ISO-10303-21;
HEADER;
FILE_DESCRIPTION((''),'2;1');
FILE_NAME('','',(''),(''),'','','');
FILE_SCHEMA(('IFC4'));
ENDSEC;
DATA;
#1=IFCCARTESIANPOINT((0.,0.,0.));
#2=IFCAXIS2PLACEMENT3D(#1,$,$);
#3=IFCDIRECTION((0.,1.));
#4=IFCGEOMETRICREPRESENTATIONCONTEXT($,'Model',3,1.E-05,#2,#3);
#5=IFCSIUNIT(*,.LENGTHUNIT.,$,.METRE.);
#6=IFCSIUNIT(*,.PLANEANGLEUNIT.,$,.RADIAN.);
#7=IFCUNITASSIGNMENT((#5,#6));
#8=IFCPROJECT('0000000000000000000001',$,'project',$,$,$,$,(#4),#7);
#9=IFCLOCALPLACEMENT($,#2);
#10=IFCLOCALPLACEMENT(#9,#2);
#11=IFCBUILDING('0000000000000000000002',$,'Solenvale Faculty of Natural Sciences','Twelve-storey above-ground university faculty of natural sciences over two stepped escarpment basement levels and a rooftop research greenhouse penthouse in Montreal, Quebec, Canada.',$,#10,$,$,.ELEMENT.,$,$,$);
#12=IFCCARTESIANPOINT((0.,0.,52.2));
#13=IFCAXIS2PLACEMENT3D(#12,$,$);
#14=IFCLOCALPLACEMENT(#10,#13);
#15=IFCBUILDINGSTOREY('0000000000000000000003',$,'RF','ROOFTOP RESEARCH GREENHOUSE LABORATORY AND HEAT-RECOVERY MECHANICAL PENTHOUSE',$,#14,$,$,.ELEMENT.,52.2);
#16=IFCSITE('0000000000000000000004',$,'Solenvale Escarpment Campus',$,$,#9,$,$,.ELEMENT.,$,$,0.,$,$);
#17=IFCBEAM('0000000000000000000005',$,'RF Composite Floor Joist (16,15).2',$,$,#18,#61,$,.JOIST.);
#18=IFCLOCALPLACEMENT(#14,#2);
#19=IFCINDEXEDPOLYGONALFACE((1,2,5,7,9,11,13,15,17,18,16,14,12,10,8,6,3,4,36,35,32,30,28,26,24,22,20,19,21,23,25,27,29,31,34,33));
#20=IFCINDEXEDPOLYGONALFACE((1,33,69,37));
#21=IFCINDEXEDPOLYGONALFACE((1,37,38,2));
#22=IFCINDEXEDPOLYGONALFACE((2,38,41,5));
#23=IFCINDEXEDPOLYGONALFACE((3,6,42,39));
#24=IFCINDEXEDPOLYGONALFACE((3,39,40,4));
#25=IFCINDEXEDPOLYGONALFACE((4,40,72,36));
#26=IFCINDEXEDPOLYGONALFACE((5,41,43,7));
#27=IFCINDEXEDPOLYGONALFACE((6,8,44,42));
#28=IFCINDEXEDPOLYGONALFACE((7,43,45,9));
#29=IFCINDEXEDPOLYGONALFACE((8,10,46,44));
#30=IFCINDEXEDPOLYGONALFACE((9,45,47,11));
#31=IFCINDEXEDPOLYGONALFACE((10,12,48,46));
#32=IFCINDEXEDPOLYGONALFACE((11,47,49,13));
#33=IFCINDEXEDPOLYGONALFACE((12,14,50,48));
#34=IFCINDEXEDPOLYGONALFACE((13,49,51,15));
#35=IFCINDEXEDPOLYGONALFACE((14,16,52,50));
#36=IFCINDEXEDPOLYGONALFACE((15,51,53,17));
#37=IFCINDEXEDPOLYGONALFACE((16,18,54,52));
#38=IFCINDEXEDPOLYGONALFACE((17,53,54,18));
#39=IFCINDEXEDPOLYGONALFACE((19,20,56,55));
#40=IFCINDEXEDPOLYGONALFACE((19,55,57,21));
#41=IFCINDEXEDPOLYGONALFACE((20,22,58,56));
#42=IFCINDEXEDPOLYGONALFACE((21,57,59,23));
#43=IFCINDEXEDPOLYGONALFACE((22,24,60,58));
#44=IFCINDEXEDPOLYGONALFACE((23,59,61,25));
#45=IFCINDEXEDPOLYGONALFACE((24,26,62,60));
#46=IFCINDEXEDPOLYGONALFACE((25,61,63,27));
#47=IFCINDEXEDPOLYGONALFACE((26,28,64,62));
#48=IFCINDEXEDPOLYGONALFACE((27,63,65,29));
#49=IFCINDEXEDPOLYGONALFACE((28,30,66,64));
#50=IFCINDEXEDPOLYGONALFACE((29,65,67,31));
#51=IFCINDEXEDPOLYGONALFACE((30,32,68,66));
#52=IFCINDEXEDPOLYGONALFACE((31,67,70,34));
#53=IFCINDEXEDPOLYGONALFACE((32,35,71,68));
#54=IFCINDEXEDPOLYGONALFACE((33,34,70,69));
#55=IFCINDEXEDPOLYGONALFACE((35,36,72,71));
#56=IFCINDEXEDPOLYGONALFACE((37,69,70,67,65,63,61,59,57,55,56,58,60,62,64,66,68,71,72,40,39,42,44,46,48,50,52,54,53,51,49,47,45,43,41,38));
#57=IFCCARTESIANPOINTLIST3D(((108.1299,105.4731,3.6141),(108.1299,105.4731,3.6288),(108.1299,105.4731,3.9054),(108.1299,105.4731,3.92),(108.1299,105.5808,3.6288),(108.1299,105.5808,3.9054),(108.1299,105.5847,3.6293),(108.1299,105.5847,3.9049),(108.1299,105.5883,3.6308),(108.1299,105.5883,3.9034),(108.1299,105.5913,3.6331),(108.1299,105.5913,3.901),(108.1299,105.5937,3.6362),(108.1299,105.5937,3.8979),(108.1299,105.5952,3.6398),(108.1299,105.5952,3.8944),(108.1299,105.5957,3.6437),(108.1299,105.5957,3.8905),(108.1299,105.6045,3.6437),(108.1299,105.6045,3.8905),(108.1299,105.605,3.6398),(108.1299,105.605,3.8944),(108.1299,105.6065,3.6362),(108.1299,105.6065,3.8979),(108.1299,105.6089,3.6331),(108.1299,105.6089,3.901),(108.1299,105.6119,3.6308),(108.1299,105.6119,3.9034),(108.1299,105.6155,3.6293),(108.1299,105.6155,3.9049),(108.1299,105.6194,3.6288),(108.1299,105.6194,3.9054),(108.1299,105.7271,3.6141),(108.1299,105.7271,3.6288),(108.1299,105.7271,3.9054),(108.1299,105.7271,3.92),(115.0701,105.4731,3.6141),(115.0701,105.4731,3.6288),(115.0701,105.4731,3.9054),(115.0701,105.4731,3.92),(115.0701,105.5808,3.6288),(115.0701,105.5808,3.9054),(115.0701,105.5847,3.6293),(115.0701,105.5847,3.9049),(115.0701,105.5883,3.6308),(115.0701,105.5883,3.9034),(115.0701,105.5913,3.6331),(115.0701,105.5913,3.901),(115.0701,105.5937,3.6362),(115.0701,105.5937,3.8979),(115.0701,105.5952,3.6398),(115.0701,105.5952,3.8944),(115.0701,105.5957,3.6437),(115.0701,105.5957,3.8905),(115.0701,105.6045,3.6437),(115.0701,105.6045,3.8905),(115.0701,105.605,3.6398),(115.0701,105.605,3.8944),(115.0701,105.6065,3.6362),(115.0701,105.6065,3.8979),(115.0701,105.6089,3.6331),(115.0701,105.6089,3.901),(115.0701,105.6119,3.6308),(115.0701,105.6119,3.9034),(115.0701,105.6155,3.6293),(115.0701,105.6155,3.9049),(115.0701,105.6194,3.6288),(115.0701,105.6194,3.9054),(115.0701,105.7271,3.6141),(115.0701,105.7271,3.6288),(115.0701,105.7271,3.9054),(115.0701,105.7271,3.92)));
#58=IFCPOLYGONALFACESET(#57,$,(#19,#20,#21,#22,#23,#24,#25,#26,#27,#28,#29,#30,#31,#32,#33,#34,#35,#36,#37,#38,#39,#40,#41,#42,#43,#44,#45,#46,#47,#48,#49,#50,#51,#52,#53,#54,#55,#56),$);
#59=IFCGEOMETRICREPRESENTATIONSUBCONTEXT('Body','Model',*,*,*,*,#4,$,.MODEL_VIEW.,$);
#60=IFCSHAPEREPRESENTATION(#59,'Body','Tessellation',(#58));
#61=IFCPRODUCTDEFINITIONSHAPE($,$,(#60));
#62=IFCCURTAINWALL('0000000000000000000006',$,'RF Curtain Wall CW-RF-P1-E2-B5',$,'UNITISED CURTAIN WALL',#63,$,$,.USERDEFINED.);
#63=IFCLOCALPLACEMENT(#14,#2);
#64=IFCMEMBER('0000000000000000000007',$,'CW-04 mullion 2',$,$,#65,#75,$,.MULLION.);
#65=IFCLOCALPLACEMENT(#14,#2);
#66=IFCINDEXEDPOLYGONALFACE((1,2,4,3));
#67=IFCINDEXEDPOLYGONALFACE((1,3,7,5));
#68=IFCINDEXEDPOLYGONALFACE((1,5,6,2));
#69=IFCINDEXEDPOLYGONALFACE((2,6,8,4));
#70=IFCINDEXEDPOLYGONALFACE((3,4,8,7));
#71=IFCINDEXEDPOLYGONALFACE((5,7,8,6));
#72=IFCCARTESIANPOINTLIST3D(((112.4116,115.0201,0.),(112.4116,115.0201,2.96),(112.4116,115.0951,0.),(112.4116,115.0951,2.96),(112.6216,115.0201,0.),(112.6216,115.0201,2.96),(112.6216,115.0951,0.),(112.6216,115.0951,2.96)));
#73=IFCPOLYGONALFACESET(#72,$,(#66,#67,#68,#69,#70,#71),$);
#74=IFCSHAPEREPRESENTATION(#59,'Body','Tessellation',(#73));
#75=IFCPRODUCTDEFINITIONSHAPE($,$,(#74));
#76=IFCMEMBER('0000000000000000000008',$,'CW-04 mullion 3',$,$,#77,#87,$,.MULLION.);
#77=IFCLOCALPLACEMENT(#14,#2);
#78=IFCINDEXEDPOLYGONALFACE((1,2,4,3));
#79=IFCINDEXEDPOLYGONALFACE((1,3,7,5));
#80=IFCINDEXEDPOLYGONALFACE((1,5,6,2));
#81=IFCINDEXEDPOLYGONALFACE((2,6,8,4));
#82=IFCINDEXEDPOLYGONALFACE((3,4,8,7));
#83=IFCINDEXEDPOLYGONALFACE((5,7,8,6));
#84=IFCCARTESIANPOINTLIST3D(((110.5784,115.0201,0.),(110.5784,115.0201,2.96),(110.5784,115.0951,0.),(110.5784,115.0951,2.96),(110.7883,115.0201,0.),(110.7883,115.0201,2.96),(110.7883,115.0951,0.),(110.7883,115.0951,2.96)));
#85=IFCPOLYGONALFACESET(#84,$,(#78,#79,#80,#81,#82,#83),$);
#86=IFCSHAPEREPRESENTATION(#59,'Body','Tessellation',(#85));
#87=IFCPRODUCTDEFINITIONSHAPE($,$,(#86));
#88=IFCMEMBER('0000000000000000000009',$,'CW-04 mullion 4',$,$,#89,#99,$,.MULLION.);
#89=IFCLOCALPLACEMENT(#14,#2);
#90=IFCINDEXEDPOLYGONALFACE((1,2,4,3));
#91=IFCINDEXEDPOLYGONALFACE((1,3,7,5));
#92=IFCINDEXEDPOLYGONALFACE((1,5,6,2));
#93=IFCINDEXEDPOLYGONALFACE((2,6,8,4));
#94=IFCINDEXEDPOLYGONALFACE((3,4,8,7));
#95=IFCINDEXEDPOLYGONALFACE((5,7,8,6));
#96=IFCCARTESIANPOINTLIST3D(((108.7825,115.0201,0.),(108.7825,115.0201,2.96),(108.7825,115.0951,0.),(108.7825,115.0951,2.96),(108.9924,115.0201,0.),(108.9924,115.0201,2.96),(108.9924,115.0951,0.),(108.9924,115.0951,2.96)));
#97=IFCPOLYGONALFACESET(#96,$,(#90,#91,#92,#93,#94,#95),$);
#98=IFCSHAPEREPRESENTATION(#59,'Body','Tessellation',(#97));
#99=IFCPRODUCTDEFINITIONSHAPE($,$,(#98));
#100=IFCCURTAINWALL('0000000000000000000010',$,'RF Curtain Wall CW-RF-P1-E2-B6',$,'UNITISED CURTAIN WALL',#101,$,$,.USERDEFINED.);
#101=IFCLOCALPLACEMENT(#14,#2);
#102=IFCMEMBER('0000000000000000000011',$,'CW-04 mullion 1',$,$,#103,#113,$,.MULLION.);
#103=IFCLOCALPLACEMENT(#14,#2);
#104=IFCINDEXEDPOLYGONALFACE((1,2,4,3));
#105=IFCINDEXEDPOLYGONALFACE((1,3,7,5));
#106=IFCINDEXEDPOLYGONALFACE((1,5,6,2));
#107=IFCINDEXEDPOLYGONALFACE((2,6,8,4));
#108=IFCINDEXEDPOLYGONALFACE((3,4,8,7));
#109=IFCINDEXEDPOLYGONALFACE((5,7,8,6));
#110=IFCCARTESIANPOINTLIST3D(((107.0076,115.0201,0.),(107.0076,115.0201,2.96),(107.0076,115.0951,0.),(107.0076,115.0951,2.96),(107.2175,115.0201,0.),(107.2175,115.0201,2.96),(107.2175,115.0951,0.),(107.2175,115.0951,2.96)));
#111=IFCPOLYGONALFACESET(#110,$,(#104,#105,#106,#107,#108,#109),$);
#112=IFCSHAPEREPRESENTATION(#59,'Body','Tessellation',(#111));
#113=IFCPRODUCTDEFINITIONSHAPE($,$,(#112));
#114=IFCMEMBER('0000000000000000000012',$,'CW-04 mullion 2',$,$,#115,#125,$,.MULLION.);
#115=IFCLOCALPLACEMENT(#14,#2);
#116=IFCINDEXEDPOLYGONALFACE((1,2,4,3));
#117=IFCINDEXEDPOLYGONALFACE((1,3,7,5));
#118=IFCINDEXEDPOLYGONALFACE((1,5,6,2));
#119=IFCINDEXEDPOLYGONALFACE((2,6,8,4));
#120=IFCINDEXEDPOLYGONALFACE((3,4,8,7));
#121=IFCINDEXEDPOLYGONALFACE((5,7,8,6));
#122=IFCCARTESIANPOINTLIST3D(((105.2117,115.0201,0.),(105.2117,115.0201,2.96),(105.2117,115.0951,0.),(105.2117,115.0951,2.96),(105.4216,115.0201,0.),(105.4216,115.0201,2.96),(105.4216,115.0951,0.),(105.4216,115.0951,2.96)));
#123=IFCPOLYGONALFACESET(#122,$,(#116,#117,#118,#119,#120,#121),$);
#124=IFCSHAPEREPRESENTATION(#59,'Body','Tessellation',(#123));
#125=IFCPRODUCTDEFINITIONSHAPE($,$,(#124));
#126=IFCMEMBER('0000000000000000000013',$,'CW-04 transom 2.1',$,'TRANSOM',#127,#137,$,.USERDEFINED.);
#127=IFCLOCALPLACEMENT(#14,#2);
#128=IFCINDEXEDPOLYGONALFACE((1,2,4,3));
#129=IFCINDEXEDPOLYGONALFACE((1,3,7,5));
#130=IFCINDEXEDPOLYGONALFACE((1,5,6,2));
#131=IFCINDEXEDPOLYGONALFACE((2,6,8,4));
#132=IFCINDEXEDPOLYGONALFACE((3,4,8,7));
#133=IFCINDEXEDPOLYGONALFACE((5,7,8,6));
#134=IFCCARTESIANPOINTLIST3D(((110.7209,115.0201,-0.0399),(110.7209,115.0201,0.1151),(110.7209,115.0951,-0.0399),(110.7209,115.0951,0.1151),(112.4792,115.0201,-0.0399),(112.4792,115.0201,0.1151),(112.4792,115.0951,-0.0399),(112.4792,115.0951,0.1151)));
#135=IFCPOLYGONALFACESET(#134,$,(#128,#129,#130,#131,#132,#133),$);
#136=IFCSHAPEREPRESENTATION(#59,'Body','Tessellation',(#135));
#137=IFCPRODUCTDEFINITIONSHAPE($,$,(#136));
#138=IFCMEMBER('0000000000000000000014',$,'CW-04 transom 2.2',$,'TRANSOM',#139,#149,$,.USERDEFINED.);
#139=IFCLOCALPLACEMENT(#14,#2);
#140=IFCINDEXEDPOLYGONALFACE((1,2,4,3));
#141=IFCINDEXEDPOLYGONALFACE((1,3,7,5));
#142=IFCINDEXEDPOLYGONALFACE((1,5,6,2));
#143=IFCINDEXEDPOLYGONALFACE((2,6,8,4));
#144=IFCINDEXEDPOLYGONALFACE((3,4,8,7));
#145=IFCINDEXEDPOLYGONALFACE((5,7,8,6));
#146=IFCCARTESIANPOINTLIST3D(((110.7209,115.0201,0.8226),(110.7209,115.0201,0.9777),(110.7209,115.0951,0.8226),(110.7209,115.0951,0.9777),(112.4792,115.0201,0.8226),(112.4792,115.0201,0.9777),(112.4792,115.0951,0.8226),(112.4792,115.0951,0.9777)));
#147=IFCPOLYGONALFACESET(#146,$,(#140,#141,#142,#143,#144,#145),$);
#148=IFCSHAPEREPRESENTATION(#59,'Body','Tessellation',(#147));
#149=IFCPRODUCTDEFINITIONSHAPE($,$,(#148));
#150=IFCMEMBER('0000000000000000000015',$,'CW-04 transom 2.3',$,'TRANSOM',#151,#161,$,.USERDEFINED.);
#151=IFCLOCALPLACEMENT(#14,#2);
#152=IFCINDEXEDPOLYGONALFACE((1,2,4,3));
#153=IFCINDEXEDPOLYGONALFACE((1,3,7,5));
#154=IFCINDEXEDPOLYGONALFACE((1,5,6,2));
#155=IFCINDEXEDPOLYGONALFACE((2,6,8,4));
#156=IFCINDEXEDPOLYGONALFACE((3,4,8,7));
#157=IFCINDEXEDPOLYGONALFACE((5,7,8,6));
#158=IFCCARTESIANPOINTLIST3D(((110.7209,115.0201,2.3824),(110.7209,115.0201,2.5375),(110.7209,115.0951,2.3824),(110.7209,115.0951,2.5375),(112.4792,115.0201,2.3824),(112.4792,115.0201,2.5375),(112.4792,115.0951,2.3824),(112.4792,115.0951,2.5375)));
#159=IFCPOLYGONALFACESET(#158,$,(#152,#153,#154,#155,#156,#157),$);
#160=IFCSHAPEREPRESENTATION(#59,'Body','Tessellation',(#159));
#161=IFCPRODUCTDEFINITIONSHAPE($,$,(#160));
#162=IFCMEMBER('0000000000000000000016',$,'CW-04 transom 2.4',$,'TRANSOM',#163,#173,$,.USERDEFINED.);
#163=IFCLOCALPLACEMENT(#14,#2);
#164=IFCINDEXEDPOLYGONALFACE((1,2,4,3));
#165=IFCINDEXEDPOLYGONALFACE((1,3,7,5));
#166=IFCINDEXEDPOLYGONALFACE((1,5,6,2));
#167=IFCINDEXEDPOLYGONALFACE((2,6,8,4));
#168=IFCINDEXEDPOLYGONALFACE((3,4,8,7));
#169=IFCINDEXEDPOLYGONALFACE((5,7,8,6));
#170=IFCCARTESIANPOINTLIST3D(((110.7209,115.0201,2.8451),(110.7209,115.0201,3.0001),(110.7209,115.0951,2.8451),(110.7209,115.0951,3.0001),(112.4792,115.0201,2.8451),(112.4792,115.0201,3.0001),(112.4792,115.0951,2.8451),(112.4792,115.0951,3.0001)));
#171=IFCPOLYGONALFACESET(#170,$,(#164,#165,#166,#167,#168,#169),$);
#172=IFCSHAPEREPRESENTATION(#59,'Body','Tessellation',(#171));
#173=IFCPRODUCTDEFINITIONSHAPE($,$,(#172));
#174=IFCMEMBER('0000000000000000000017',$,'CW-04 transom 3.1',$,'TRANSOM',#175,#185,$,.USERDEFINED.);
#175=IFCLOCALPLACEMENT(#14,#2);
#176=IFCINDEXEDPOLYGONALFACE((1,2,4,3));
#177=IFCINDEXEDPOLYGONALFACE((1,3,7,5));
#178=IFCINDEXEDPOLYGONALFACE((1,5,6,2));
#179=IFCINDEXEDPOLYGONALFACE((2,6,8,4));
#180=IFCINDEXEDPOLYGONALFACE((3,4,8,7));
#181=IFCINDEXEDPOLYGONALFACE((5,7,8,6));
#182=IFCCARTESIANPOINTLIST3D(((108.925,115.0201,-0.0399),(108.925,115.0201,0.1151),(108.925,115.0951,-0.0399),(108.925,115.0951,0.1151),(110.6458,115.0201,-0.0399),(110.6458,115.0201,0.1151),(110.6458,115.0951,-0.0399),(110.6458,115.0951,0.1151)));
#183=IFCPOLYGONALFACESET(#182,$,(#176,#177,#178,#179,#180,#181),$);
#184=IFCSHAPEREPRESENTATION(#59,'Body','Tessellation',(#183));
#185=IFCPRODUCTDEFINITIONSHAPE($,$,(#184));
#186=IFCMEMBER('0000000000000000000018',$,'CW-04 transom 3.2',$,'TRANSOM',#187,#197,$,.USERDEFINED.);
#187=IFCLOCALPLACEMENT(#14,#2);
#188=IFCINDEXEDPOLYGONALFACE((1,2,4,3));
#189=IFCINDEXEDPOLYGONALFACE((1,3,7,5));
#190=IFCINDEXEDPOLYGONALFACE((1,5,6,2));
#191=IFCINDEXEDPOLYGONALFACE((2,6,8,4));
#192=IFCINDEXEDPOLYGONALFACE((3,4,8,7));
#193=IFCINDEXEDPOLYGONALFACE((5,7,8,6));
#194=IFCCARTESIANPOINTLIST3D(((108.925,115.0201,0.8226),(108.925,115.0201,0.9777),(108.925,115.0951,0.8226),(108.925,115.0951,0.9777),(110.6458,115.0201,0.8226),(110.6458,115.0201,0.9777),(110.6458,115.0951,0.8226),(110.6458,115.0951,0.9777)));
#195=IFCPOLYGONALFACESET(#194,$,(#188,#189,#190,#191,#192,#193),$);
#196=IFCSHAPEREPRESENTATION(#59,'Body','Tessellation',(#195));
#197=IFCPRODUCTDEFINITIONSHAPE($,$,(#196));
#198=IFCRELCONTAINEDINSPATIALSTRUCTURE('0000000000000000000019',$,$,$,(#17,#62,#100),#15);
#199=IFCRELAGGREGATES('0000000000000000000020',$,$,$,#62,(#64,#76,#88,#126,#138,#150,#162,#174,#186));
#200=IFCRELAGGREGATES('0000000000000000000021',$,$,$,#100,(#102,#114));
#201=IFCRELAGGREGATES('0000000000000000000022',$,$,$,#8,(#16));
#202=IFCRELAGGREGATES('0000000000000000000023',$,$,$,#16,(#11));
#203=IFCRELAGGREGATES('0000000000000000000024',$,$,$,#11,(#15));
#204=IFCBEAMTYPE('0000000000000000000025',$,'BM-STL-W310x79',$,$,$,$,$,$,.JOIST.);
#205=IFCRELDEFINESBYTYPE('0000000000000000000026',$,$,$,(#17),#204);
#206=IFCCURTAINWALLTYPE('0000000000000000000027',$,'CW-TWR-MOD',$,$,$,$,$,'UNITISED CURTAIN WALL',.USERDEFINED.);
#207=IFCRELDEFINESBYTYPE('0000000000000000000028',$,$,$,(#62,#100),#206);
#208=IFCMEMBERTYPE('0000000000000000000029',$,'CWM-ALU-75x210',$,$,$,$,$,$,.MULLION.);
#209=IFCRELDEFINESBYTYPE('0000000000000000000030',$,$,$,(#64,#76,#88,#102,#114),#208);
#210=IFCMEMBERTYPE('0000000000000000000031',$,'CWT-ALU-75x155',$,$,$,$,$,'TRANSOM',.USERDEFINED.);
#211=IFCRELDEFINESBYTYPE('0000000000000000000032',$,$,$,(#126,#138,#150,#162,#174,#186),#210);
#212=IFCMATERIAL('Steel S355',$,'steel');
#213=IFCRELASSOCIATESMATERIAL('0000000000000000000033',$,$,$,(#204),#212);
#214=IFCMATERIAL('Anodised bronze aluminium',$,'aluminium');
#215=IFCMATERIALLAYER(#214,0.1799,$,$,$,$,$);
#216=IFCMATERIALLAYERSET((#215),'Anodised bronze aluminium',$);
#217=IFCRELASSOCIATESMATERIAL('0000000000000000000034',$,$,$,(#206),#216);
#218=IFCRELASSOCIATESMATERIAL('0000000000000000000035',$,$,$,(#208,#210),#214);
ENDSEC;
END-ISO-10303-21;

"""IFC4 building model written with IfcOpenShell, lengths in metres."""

from ifc_helpers import new_model, si_unit, direction, frame, origin, origin_2d, place, context, subcontext, project, spatial, rectangle, i_section, extrude, material, layer, layer_set, material_profile, profile_set, type_object, element, aggregate, save


model = new_model("IFC4")

# Units and contexts
model_context = context("Model", 3, precision=1e-05, world=origin(), true_north=direction((0.0, 1.0)))
body_context = subcontext(model_context, "Body", "Model", "MODEL_VIEW")
ifc_project = project(units=[si_unit("LENGTHUNIT", "METRE"), si_unit("PLANEANGLEUNIT", "RADIAN")], contexts=[model_context])

# Site, building, storey
site_placement = place(None, origin())
site = spatial("IfcSite", under=ifc_project, at=site_placement, Name="Solenvale Escarpment Campus", CompositionType="ELEMENT", RefElevation=0.0)
building_placement = place(site_placement, origin())
building = spatial("IfcBuilding", under=site, at=building_placement, Name="Solenvale Faculty of Natural Sciences", Description="Twelve-storey above-ground university faculty of natural sciences over two stepped escarpment basement levels and a rooftop research greenhouse penthouse in Montreal, Quebec, Canada.", CompositionType="ELEMENT")
storey_placement = place(building_placement, frame((0.0, 0.0, 52.2)))
storey = spatial("IfcBuildingStorey", under=building, at=storey_placement, Name="RF", Description="ROOFTOP RESEARCH GREENHOUSE LABORATORY AND HEAT-RECOVERY MECHANICAL PENTHOUSE", CompositionType="ELEMENT", Elevation=52.2)

# Beam
ifc_material_1 = material(Name="Steel S355", Category="steel")
ifc_material_profile_1 = material_profile(ifc_material_1, i_section(OverallWidth=0.2539, OverallDepth=0.3059, WebThickness=0.0088, FlangeThickness=0.0146, FilletRadius=0.0149, at=origin_2d()), Name="W310x79")
ifc_profile_set_1 = profile_set([ifc_material_profile_1], Name="Steel S355")
beam_type_1 = type_object("IfcBeamType", Name="BM-STL-W310x79", PredefinedType="JOIST", material=ifc_profile_set_1)
beam_1_placement = place(storey_placement, frame((108.1299, 105.6001, 3.7671), z_axis=(1.0, 0.0, 0.0), x_axis=(0.0, 1.0, 0.0)))
element("IfcBeam", 1, at=beam_1_placement, inside=storey, type_object=beam_type_1, Name="RF Composite Floor Joist (16,15).2", PredefinedType="JOIST", context=body_context, shape_type="SweptSolid", body=[
    extrude(i_section(OverallWidth=0.2539, OverallDepth=0.3059, WebThickness=0.0088, FlangeThickness=0.0146, FilletRadius=0.0149, at=origin_2d()), origin(), (0.0, 0.0, 1.0), 6.9402),
])

# Curtain walls, members
ifc_material_2 = material(Name="Anodised bronze aluminium", Category="aluminium")
ifc_layer_1 = layer(ifc_material_2, 0.1799)
ifc_layer_set_1 = layer_set([ifc_layer_1], Name="Anodised bronze aluminium")
curtain_wall_type = type_object("IfcCurtainWallType", Name="CW-TWR-MOD", ElementType="UNITISED CURTAIN WALL", PredefinedType="USERDEFINED", material=ifc_layer_set_1)
curtain_wall_1_placement = place(storey_placement, origin())
curtain_wall_1 = element("IfcCurtainWall", 2, at=curtain_wall_1_placement, inside=storey, type_object=curtain_wall_type, Name="RF Curtain Wall CW-RF-P1-E2-B5", ObjectType="UNITISED CURTAIN WALL", PredefinedType="USERDEFINED")
ifc_material_profile_2 = material_profile(ifc_material_2, rectangle(XDim=0.075, YDim=0.21, at=origin_2d()), Name="ALU-MUL-75x210")
ifc_profile_set_2 = profile_set([ifc_material_profile_2], Name="Anodised bronze aluminium")
member_type_1 = type_object("IfcMemberType", Name="CWM-ALU-75x210", PredefinedType="MULLION", material=ifc_profile_set_2)
member_1_placement = place(storey_placement, frame((112.5166, 115.0576, 0.0), z_axis=(0.0, 0.0, 1.0), x_axis=(0.0, -1.0, 0.0)))
member_1 = element("IfcMember", 3, at=member_1_placement, type_object=member_type_1, Name="CW-04 mullion 2", PredefinedType="MULLION", context=body_context, shape_type="SweptSolid", body=[
    extrude(rectangle(XDim=0.075, YDim=0.21, at=origin_2d()), origin(), (0.0, 0.0, 1.0), 2.96),
])
member_2_placement = place(storey_placement, frame((110.6833, 115.0576, 0.0), z_axis=(0.0, 0.0, 1.0), x_axis=(0.0, -1.0, 0.0)))
member_2 = element("IfcMember", 4, at=member_2_placement, type_object=member_type_1, Name="CW-04 mullion 3", PredefinedType="MULLION", context=body_context, shape_type="SweptSolid", body=[
    extrude(rectangle(XDim=0.075, YDim=0.21, at=origin_2d()), origin(), (0.0, 0.0, 1.0), 2.96),
])
member_3_placement = place(storey_placement, frame((108.8875, 115.0576, 0.0), z_axis=(0.0, 0.0, 1.0), x_axis=(0.0, -1.0, 0.0)))
member_3 = element("IfcMember", 5, at=member_3_placement, type_object=member_type_1, Name="CW-04 mullion 4", PredefinedType="MULLION", context=body_context, shape_type="SweptSolid", body=[
    extrude(rectangle(XDim=0.075, YDim=0.21, at=origin_2d()), origin(), (0.0, 0.0, 1.0), 2.96),
])
curtain_wall_2_placement = place(storey_placement, origin())
curtain_wall_2 = element("IfcCurtainWall", 6, at=curtain_wall_2_placement, inside=storey, type_object=curtain_wall_type, Name="RF Curtain Wall CW-RF-P1-E2-B6", ObjectType="UNITISED CURTAIN WALL", PredefinedType="USERDEFINED")
member_4_placement = place(storey_placement, frame((107.1125, 115.0576, 0.0), z_axis=(0.0, 0.0, 1.0), x_axis=(0.0, -1.0, 0.0)))
member_4 = element("IfcMember", 7, at=member_4_placement, type_object=member_type_1, Name="CW-04 mullion 1", PredefinedType="MULLION", context=body_context, shape_type="SweptSolid", body=[
    extrude(rectangle(XDim=0.075, YDim=0.21, at=origin_2d()), origin(), (0.0, 0.0, 1.0), 2.96),
])
member_5_placement = place(storey_placement, frame((105.3167, 115.0576, 0.0), z_axis=(0.0, 0.0, 1.0), x_axis=(0.0, -1.0, 0.0)))
member_5 = element("IfcMember", 8, at=member_5_placement, type_object=member_type_1, Name="CW-04 mullion 2", PredefinedType="MULLION", context=body_context, shape_type="SweptSolid", body=[
    extrude(rectangle(XDim=0.075, YDim=0.21, at=origin_2d()), origin(), (0.0, 0.0, 1.0), 2.96),
])

# Members
ifc_material_profile_3 = material_profile(ifc_material_2, rectangle(XDim=0.075, YDim=0.155, at=origin_2d()), Name="ALU-TRN-75x155")
ifc_profile_set_3 = profile_set([ifc_material_profile_3], Name="Anodised bronze aluminium")
member_type_2 = type_object("IfcMemberType", Name="CWT-ALU-75x155", ElementType="TRANSOM", PredefinedType="USERDEFINED", material=ifc_profile_set_3)
member_6_placement = place(storey_placement, frame((112.4792, 115.0576, 0.0376), z_axis=(-1.0, 0.0, 0.0), x_axis=(0.0, -1.0, 0.0)))
member_6 = element("IfcMember", 9, at=member_6_placement, type_object=member_type_2, Name="CW-04 transom 2.1", ObjectType="TRANSOM", PredefinedType="USERDEFINED", context=body_context, shape_type="SweptSolid", body=[
    extrude(rectangle(XDim=0.075, YDim=0.155, at=origin_2d()), origin(), (0.0, 0.0, 1.0), 1.7583),
])
member_7_placement = place(storey_placement, frame((112.4792, 115.0576, 0.9001), z_axis=(-1.0, 0.0, 0.0), x_axis=(0.0, -1.0, 0.0)))
member_7 = element("IfcMember", 10, at=member_7_placement, type_object=member_type_2, Name="CW-04 transom 2.2", ObjectType="TRANSOM", PredefinedType="USERDEFINED", context=body_context, shape_type="SweptSolid", body=[
    extrude(rectangle(XDim=0.075, YDim=0.155, at=origin_2d()), origin(), (0.0, 0.0, 1.0), 1.7583),
])
member_8_placement = place(storey_placement, frame((112.4792, 115.0576, 2.46), z_axis=(-1.0, 0.0, 0.0), x_axis=(0.0, -1.0, 0.0)))
member_8 = element("IfcMember", 11, at=member_8_placement, type_object=member_type_2, Name="CW-04 transom 2.3", ObjectType="TRANSOM", PredefinedType="USERDEFINED", context=body_context, shape_type="SweptSolid", body=[
    extrude(rectangle(XDim=0.075, YDim=0.155, at=origin_2d()), origin(), (0.0, 0.0, 1.0), 1.7583),
])
member_9_placement = place(storey_placement, frame((112.4792, 115.0576, 2.9226), z_axis=(-1.0, 0.0, 0.0), x_axis=(0.0, -1.0, 0.0)))
member_9 = element("IfcMember", 12, at=member_9_placement, type_object=member_type_2, Name="CW-04 transom 2.4", ObjectType="TRANSOM", PredefinedType="USERDEFINED", context=body_context, shape_type="SweptSolid", body=[
    extrude(rectangle(XDim=0.075, YDim=0.155, at=origin_2d()), origin(), (0.0, 0.0, 1.0), 1.7583),
])
member_10_placement = place(storey_placement, frame((110.6458, 115.0576, 0.0376), z_axis=(-1.0, 0.0, 0.0), x_axis=(0.0, -1.0, 0.0)))
member_10 = element("IfcMember", 13, at=member_10_placement, type_object=member_type_2, Name="CW-04 transom 3.1", ObjectType="TRANSOM", PredefinedType="USERDEFINED", context=body_context, shape_type="SweptSolid", body=[
    extrude(rectangle(XDim=0.075, YDim=0.155, at=origin_2d()), origin(), (0.0, 0.0, 1.0), 1.7207),
])
member_11_placement = place(storey_placement, frame((110.6458, 115.0576, 0.9001), z_axis=(-1.0, 0.0, 0.0), x_axis=(0.0, -1.0, 0.0)))
member_11 = element("IfcMember", 14, at=member_11_placement, type_object=member_type_2, Name="CW-04 transom 3.2", ObjectType="TRANSOM", PredefinedType="USERDEFINED", context=body_context, shape_type="SweptSolid", body=[
    extrude(rectangle(XDim=0.075, YDim=0.155, at=origin_2d()), origin(), (0.0, 0.0, 1.0), 1.7207),
])

aggregate(curtain_wall_1, [member_1, member_2, member_3, member_6, member_7, member_8, member_9, member_10, member_11])
aggregate(curtain_wall_2, [member_4, member_5])

save(model, "model.ifc")
